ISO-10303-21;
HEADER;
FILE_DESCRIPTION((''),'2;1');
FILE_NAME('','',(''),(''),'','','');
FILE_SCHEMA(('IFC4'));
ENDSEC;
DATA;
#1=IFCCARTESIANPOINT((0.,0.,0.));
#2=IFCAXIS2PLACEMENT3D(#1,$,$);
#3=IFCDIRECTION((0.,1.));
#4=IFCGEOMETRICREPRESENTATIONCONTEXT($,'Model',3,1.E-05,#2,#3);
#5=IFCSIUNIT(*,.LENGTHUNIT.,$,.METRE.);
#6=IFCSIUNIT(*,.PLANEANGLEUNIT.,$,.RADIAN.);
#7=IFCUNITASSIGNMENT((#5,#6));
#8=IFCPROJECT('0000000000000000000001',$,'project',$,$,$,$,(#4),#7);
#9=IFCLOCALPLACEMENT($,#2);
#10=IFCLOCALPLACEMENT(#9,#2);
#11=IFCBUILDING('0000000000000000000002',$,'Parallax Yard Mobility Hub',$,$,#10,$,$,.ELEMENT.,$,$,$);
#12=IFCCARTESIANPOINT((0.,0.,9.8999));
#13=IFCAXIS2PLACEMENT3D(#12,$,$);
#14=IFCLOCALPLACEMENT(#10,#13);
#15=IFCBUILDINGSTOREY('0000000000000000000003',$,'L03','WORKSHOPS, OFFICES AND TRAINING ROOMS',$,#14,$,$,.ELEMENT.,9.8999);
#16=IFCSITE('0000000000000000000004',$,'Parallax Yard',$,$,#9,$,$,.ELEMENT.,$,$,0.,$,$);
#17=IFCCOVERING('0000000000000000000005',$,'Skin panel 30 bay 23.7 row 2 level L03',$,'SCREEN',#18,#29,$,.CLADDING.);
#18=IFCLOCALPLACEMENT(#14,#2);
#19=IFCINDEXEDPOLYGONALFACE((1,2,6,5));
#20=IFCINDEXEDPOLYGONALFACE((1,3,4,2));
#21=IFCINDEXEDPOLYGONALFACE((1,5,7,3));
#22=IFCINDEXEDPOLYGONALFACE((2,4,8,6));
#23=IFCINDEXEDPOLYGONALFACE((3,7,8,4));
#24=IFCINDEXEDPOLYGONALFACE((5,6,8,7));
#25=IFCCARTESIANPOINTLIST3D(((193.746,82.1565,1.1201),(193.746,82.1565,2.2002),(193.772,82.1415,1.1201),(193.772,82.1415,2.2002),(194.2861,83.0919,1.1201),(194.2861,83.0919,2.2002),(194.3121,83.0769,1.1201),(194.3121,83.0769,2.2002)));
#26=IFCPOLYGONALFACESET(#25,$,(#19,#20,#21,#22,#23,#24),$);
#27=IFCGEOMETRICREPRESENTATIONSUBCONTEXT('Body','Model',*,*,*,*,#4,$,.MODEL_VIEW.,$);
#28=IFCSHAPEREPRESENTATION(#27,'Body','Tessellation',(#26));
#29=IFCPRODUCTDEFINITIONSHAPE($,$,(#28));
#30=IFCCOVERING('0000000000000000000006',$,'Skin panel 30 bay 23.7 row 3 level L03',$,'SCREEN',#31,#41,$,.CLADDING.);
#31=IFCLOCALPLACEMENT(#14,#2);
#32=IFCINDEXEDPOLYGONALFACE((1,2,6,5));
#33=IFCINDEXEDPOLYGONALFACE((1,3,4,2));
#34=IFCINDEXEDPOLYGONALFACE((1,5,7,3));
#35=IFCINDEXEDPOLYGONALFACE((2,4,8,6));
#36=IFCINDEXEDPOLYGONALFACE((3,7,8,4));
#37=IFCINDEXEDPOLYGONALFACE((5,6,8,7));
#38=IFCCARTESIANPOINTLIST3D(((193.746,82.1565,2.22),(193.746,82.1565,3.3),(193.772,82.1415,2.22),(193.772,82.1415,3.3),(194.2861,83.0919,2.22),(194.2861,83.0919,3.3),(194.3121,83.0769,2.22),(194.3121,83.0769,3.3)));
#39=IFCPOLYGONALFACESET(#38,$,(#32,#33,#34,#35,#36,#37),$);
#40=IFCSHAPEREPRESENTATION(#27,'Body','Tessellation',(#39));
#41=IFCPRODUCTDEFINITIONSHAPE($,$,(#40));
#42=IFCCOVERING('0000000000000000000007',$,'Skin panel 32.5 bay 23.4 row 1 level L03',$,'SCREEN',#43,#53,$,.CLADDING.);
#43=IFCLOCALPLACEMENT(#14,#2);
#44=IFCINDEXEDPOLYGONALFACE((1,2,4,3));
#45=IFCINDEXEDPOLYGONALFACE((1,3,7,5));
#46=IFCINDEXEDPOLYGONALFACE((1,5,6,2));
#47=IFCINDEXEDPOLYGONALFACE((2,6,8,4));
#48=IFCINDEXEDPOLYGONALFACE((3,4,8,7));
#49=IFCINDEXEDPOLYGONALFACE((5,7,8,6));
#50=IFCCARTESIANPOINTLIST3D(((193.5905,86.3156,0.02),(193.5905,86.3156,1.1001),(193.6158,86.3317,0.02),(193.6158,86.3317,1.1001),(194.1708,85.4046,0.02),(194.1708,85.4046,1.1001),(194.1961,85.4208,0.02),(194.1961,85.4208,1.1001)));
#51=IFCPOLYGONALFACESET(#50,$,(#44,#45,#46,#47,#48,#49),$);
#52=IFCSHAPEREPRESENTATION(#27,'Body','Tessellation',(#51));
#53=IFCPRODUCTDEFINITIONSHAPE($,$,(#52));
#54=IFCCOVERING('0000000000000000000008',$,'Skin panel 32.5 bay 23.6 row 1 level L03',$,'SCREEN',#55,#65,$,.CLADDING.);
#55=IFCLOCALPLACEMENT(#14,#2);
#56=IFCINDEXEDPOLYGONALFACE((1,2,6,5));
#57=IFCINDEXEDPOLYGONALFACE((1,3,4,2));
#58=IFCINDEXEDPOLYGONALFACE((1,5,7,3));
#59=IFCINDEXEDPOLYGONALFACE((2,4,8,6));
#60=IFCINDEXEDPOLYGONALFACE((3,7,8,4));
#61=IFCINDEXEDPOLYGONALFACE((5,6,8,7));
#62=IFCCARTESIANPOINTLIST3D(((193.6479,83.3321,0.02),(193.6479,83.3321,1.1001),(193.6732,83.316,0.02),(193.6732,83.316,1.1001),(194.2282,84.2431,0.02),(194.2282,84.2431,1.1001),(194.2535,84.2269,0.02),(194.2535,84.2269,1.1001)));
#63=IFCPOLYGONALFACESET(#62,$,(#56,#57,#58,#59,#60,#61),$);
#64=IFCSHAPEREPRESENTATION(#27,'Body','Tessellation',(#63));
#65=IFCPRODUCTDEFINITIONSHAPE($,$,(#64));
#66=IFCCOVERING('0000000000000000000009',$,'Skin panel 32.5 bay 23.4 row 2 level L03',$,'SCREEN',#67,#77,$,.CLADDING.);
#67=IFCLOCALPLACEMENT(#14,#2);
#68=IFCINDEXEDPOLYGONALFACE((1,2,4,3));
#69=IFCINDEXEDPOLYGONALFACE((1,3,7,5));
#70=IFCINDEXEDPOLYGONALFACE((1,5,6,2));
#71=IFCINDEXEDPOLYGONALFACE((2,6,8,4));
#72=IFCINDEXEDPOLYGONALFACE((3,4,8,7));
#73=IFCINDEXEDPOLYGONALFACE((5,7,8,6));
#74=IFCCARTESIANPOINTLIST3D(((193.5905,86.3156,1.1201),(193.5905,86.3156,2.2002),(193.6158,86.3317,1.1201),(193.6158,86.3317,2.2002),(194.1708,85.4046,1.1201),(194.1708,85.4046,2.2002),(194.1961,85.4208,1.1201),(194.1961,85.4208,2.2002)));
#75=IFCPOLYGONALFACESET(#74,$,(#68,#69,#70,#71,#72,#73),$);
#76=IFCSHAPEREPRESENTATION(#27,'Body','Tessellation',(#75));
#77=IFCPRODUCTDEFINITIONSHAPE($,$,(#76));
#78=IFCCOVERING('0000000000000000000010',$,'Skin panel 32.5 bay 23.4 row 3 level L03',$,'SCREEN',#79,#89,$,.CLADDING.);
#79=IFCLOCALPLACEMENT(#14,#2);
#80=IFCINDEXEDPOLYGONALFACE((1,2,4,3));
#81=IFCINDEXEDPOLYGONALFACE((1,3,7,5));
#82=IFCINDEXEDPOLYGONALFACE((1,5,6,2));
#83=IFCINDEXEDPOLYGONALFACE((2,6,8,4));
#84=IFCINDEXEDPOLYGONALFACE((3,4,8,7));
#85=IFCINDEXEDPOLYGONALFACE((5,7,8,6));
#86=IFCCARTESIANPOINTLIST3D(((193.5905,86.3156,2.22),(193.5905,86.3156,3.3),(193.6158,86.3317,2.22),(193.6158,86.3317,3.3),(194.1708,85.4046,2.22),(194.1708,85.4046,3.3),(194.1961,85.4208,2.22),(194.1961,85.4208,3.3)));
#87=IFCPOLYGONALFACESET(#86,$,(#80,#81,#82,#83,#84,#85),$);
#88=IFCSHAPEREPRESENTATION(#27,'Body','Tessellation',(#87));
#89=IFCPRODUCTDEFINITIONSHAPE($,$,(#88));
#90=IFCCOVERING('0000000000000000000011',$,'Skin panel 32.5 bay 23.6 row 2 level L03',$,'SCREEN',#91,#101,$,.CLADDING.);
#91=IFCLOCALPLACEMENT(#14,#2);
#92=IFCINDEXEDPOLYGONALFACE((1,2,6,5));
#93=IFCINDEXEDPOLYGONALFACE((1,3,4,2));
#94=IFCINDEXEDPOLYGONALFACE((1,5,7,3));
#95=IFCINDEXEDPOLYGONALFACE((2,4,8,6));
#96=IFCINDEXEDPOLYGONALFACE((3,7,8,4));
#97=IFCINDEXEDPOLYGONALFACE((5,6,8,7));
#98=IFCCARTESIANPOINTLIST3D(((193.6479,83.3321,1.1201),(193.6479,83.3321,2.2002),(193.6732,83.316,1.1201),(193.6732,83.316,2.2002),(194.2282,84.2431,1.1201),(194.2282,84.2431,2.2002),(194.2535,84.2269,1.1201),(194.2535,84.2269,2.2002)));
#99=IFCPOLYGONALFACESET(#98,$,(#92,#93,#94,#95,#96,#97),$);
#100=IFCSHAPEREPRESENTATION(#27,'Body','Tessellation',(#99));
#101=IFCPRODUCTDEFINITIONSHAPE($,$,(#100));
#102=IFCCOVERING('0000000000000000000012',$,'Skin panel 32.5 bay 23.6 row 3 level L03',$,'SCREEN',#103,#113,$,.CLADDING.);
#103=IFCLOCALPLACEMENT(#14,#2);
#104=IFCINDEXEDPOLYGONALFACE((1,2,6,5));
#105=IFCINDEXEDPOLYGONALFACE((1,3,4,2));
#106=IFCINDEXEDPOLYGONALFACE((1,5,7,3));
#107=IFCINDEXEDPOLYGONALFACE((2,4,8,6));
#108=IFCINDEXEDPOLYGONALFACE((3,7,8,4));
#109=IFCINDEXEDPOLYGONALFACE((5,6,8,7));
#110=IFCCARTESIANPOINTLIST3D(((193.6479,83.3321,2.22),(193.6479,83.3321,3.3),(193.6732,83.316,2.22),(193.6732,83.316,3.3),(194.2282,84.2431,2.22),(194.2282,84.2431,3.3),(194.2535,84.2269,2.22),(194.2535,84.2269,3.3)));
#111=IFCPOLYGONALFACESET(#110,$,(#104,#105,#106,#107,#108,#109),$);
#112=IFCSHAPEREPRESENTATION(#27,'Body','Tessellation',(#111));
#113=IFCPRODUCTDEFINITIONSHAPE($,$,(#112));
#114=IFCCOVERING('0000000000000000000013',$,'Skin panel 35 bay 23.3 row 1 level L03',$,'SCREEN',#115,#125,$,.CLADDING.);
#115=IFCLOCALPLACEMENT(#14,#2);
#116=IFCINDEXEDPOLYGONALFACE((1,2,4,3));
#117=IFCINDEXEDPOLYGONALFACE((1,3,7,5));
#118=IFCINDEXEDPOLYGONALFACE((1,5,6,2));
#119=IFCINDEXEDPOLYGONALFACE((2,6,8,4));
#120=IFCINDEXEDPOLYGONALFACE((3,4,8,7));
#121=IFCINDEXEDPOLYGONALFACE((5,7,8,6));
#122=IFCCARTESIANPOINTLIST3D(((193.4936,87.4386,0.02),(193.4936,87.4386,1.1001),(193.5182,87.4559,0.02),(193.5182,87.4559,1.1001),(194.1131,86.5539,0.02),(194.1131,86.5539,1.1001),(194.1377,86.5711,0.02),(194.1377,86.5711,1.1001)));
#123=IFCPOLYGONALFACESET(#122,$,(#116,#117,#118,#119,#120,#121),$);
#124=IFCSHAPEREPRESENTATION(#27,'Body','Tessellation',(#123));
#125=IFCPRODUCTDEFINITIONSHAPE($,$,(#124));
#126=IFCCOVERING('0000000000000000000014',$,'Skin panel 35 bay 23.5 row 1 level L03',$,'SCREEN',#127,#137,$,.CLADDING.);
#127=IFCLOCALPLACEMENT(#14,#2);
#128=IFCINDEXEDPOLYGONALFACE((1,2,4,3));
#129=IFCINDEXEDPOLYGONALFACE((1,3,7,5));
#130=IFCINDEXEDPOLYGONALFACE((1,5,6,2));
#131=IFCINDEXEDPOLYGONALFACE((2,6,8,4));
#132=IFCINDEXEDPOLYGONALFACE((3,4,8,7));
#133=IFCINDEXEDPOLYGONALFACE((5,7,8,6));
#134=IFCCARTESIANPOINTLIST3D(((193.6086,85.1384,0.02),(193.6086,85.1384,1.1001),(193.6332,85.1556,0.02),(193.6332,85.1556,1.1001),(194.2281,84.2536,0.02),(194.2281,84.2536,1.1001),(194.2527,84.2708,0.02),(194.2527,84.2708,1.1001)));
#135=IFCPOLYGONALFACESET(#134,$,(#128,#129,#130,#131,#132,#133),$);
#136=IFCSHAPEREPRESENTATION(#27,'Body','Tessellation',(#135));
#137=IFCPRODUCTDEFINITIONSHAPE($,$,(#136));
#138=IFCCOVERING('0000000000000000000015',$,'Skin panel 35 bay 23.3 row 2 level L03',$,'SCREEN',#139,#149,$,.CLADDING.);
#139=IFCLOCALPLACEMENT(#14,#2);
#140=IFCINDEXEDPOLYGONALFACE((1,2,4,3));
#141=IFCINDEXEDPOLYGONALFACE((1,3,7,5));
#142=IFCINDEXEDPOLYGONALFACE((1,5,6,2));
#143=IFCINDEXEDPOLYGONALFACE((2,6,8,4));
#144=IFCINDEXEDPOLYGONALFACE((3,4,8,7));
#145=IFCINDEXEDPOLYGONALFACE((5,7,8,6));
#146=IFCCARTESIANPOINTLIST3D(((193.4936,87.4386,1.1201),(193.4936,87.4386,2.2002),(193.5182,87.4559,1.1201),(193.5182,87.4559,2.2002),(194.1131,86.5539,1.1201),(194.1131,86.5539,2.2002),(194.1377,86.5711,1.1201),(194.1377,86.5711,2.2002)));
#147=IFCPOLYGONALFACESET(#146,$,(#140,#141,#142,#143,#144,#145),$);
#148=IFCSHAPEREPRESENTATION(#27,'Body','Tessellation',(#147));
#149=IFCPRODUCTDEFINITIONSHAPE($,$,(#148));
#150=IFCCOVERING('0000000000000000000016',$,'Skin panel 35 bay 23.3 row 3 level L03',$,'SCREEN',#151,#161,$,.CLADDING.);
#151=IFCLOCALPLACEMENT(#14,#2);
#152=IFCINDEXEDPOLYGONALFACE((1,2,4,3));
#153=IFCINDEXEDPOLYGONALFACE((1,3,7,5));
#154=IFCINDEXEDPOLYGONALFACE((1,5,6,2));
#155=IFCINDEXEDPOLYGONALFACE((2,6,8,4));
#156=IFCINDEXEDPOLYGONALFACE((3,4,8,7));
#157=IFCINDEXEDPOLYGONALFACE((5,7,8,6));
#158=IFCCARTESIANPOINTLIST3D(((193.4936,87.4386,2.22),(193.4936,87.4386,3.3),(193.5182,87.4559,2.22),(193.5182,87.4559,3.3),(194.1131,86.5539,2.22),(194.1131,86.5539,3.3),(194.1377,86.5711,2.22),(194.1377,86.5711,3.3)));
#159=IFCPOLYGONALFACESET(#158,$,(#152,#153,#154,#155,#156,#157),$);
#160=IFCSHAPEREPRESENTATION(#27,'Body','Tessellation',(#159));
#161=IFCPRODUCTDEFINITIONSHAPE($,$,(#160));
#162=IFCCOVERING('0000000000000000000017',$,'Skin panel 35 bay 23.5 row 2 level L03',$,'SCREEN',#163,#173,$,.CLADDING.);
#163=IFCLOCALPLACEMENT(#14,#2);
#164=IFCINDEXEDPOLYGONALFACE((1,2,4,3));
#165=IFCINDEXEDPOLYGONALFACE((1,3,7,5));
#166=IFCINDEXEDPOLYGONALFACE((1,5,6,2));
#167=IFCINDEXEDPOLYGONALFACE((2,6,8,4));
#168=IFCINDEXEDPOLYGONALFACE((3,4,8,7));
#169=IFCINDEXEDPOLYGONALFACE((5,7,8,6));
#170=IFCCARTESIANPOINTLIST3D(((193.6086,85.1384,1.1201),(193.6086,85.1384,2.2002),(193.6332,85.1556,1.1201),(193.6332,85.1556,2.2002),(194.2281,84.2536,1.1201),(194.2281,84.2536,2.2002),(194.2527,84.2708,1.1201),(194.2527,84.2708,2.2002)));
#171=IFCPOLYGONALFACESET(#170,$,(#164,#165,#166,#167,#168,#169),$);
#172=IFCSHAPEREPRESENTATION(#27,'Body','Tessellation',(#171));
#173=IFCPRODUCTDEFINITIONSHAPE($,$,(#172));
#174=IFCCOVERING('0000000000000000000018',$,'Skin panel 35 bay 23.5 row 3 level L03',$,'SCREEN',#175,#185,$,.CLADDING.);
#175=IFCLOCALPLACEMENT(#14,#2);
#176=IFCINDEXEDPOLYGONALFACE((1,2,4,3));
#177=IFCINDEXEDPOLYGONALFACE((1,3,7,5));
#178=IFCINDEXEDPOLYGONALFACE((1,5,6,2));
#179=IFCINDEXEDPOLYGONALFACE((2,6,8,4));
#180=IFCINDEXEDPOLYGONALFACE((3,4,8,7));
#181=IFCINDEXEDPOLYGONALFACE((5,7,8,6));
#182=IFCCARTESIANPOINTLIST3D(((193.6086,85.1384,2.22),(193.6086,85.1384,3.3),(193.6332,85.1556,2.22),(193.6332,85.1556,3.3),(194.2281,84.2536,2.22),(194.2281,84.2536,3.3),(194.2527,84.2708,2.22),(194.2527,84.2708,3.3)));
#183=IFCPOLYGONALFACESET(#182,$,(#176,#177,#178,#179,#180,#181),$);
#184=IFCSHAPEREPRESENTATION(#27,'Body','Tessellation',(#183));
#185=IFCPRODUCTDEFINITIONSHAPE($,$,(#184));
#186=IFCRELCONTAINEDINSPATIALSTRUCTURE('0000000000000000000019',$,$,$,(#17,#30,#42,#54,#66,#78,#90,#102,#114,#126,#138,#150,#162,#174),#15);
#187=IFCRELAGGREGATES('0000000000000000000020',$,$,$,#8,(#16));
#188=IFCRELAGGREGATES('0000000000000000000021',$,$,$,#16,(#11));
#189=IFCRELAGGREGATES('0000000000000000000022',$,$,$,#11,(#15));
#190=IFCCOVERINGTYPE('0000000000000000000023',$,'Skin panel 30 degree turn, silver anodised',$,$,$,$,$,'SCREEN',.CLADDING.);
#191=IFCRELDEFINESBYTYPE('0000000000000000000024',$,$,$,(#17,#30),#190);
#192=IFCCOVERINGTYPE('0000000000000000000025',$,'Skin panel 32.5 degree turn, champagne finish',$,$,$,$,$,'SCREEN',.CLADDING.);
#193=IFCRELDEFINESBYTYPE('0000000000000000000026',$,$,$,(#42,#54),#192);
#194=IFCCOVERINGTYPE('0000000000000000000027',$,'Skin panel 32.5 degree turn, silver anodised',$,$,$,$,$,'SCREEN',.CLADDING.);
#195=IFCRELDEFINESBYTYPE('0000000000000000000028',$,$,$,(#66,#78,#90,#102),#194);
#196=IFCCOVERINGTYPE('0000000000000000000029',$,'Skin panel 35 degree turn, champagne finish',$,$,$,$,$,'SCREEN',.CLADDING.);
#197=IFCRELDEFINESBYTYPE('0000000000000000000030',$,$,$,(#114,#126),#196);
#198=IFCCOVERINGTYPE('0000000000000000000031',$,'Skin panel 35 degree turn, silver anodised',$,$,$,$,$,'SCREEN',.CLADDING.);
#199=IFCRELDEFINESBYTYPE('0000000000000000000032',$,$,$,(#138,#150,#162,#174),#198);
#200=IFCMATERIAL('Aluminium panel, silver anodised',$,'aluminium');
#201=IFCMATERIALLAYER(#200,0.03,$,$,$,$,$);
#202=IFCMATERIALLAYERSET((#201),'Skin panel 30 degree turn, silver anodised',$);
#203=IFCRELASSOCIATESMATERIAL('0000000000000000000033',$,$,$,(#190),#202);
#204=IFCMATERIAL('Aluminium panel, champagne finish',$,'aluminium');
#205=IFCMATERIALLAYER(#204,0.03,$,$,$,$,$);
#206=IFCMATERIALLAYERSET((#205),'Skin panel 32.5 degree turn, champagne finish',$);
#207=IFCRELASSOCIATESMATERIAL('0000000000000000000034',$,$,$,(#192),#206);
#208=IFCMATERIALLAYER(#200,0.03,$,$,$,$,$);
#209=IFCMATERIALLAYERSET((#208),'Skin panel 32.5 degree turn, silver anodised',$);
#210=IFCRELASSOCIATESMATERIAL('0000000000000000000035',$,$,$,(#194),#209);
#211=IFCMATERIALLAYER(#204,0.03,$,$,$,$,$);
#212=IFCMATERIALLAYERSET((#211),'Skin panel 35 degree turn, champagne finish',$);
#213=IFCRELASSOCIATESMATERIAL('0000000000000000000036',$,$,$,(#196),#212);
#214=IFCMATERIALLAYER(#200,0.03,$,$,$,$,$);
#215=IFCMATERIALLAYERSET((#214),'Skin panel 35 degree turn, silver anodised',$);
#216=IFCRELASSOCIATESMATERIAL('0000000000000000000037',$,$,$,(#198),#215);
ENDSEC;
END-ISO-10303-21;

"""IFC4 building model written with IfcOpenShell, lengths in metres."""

from ifc_helpers import new_model, si_unit, direction, frame, origin, origin_2d, place, context, subcontext, project, spatial, rectangle, extrude, material, layer, layer_set, type_object, element, save


model = new_model("IFC4")

# Units and contexts
model_context = context("Model", 3, precision=1e-05, world=origin(), true_north=direction((0.0, 1.0)))
body_context = subcontext(model_context, "Body", "Model", "MODEL_VIEW")
ifc_project = project(units=[si_unit("LENGTHUNIT", "METRE"), si_unit("PLANEANGLEUNIT", "RADIAN")], contexts=[model_context])

# Site, building, storey
site_placement = place(None, origin())
site = spatial("IfcSite", under=ifc_project, at=site_placement, Name="Parallax Yard", CompositionType="ELEMENT", RefElevation=0.0)
building_placement = place(site_placement, origin())
building = spatial("IfcBuilding", under=site, at=building_placement, Name="Parallax Yard Mobility Hub", CompositionType="ELEMENT")
storey_placement = place(building_placement, frame((0.0, 0.0, 9.8999)))
storey = spatial("IfcBuildingStorey", under=building, at=storey_placement, Name="L03", Description="WORKSHOPS, OFFICES AND TRAINING ROOMS", CompositionType="ELEMENT", Elevation=9.8999)

# Coverings
ifc_material_1 = material(Name="Aluminium panel, silver anodised", Category="aluminium")
ifc_layer_1 = layer(ifc_material_1, 0.03)
ifc_layer_set_1 = layer_set([ifc_layer_1], Name="Skin panel 30 degree turn, silver anodised")
covering_type_1 = type_object("IfcCoveringType", Name="Skin panel 30 degree turn, silver anodised", ElementType="SCREEN", PredefinedType="CLADDING", material=ifc_layer_set_1)
for number, where, z_axis, x_axis, name in (
    (1, (194.0291, 82.6167, 1.1201), (0.0, 0.0, 1.0), (-0.5, -0.866025, 0.0), "Skin panel 30 bay 23.7 row 2 level L03"),
    (2, (194.0291, 82.6167, 2.22), (0.0, 0.0, 1.0), (-0.5, -0.866025, 0.0), "Skin panel 30 bay 23.7 row 3 level L03"),
):
    element("IfcCovering", number, at=place(storey_placement, frame(where, z_axis=z_axis, x_axis=x_axis)), inside=storey, type_object=covering_type_1, Name=name, ObjectType="SCREEN", PredefinedType="CLADDING", context=body_context, shape_type="SweptSolid", body=[
        extrude(rectangle(XDim=1.0801, YDim=0.03, at=origin_2d()), origin(), (0.0, 0.0, 1.0), 1.0801),
    ])
ifc_material_2 = material(Name="Aluminium panel, champagne finish", Category="aluminium")
ifc_layer_2 = layer(ifc_material_2, 0.03)
ifc_layer_set_2 = layer_set([ifc_layer_2], Name="Skin panel 32.5 degree turn, champagne finish")
covering_type_2 = type_object("IfcCoveringType", Name="Skin panel 32.5 degree turn, champagne finish", ElementType="SCREEN", PredefinedType="CLADDING", material=ifc_layer_set_2)
for number, where, z_axis, x_axis, name in (
    (3, (193.8933, 85.8682, 0.02), (0.0, 0.0, 1.0), (-0.5373, 0.843391, 0.0), "Skin panel 32.5 bay 23.4 row 1 level L03"),
    (4, (193.9507, 83.7795, 0.02), (0.0, 0.0, 1.0), (-0.5373, -0.843391, 0.0), "Skin panel 32.5 bay 23.6 row 1 level L03"),
):
    element("IfcCovering", number, at=place(storey_placement, frame(where, z_axis=z_axis, x_axis=x_axis)), inside=storey, type_object=covering_type_2, Name=name, ObjectType="SCREEN", PredefinedType="CLADDING", context=body_context, shape_type="SweptSolid", body=[
        extrude(rectangle(XDim=1.0801, YDim=0.03, at=origin_2d()), origin(), (0.0, 0.0, 1.0), 1.0801),
    ])
ifc_layer_3 = layer(ifc_material_1, 0.03)
ifc_layer_set_3 = layer_set([ifc_layer_3], Name="Skin panel 32.5 degree turn, silver anodised")
covering_type_3 = type_object("IfcCoveringType", Name="Skin panel 32.5 degree turn, silver anodised", ElementType="SCREEN", PredefinedType="CLADDING", material=ifc_layer_set_3)
for number, where, z_axis, x_axis, name in (
    (5, (193.8933, 85.8682, 1.1201), (0.0, 0.0, 1.0), (-0.5373, 0.843391, 0.0), "Skin panel 32.5 bay 23.4 row 2 level L03"),
    (6, (193.8933, 85.8682, 2.22), (0.0, 0.0, 1.0), (-0.5373, 0.843391, 0.0), "Skin panel 32.5 bay 23.4 row 3 level L03"),
    (7, (193.9507, 83.7795, 1.1201), (0.0, 0.0, 1.0), (-0.5373, -0.843391, 0.0), "Skin panel 32.5 bay 23.6 row 2 level L03"),
    (8, (193.9507, 83.7795, 2.22), (0.0, 0.0, 1.0), (-0.5373, -0.843391, 0.0), "Skin panel 32.5 bay 23.6 row 3 level L03"),
):
    element("IfcCovering", number, at=place(storey_placement, frame(where, z_axis=z_axis, x_axis=x_axis)), inside=storey, type_object=covering_type_3, Name=name, ObjectType="SCREEN", PredefinedType="CLADDING", context=body_context, shape_type="SweptSolid", body=[
        extrude(rectangle(XDim=1.0801, YDim=0.03, at=origin_2d()), origin(), (0.0, 0.0, 1.0), 1.0801),
    ])
ifc_layer_4 = layer(ifc_material_2, 0.03)
ifc_layer_set_4 = layer_set([ifc_layer_4], Name="Skin panel 35 degree turn, champagne finish")
covering_type_4 = type_object("IfcCoveringType", Name="Skin panel 35 degree turn, champagne finish", ElementType="SCREEN", PredefinedType="CLADDING", material=ifc_layer_set_4)
for number, where, z_axis, x_axis, name in (
    (9, (193.8157, 87.0049, 0.02), (0.0, 0.0, 1.0), (-0.573576, 0.819152, 0.0), "Skin panel 35 bay 23.3 row 1 level L03"),
    (10, (193.9307, 84.7046, 0.02), (0.0, 0.0, 1.0), (-0.573576, 0.819152, 0.0), "Skin panel 35 bay 23.5 row 1 level L03"),
):
    element("IfcCovering", number, at=place(storey_placement, frame(where, z_axis=z_axis, x_axis=x_axis)), inside=storey, type_object=covering_type_4, Name=name, ObjectType="SCREEN", PredefinedType="CLADDING", context=body_context, shape_type="SweptSolid", body=[
        extrude(rectangle(XDim=1.0801, YDim=0.03, at=origin_2d()), origin(), (0.0, 0.0, 1.0), 1.0801),
    ])
ifc_layer_5 = layer(ifc_material_1, 0.03)
ifc_layer_set_5 = layer_set([ifc_layer_5], Name="Skin panel 35 degree turn, silver anodised")
covering_type_5 = type_object("IfcCoveringType", Name="Skin panel 35 degree turn, silver anodised", ElementType="SCREEN", PredefinedType="CLADDING", material=ifc_layer_set_5)
for number, where, z_axis, x_axis, name in (
    (11, (193.8157, 87.0049, 1.1201), (0.0, 0.0, 1.0), (-0.573576, 0.819152, 0.0), "Skin panel 35 bay 23.3 row 2 level L03"),
    (12, (193.8157, 87.0049, 2.22), (0.0, 0.0, 1.0), (-0.573576, 0.819152, 0.0), "Skin panel 35 bay 23.3 row 3 level L03"),
    (13, (193.9307, 84.7046, 1.1201), (0.0, 0.0, 1.0), (-0.573576, 0.819152, 0.0), "Skin panel 35 bay 23.5 row 2 level L03"),
    (14, (193.9307, 84.7046, 2.22), (0.0, 0.0, 1.0), (-0.573576, 0.819152, 0.0), "Skin panel 35 bay 23.5 row 3 level L03"),
):
    element("IfcCovering", number, at=place(storey_placement, frame(where, z_axis=z_axis, x_axis=x_axis)), inside=storey, type_object=covering_type_5, Name=name, ObjectType="SCREEN", PredefinedType="CLADDING", context=body_context, shape_type="SweptSolid", body=[
        extrude(rectangle(XDim=1.0801, YDim=0.03, at=origin_2d()), origin(), (0.0, 0.0, 1.0), 1.0801),
    ])

save(model, "model.ifc")
